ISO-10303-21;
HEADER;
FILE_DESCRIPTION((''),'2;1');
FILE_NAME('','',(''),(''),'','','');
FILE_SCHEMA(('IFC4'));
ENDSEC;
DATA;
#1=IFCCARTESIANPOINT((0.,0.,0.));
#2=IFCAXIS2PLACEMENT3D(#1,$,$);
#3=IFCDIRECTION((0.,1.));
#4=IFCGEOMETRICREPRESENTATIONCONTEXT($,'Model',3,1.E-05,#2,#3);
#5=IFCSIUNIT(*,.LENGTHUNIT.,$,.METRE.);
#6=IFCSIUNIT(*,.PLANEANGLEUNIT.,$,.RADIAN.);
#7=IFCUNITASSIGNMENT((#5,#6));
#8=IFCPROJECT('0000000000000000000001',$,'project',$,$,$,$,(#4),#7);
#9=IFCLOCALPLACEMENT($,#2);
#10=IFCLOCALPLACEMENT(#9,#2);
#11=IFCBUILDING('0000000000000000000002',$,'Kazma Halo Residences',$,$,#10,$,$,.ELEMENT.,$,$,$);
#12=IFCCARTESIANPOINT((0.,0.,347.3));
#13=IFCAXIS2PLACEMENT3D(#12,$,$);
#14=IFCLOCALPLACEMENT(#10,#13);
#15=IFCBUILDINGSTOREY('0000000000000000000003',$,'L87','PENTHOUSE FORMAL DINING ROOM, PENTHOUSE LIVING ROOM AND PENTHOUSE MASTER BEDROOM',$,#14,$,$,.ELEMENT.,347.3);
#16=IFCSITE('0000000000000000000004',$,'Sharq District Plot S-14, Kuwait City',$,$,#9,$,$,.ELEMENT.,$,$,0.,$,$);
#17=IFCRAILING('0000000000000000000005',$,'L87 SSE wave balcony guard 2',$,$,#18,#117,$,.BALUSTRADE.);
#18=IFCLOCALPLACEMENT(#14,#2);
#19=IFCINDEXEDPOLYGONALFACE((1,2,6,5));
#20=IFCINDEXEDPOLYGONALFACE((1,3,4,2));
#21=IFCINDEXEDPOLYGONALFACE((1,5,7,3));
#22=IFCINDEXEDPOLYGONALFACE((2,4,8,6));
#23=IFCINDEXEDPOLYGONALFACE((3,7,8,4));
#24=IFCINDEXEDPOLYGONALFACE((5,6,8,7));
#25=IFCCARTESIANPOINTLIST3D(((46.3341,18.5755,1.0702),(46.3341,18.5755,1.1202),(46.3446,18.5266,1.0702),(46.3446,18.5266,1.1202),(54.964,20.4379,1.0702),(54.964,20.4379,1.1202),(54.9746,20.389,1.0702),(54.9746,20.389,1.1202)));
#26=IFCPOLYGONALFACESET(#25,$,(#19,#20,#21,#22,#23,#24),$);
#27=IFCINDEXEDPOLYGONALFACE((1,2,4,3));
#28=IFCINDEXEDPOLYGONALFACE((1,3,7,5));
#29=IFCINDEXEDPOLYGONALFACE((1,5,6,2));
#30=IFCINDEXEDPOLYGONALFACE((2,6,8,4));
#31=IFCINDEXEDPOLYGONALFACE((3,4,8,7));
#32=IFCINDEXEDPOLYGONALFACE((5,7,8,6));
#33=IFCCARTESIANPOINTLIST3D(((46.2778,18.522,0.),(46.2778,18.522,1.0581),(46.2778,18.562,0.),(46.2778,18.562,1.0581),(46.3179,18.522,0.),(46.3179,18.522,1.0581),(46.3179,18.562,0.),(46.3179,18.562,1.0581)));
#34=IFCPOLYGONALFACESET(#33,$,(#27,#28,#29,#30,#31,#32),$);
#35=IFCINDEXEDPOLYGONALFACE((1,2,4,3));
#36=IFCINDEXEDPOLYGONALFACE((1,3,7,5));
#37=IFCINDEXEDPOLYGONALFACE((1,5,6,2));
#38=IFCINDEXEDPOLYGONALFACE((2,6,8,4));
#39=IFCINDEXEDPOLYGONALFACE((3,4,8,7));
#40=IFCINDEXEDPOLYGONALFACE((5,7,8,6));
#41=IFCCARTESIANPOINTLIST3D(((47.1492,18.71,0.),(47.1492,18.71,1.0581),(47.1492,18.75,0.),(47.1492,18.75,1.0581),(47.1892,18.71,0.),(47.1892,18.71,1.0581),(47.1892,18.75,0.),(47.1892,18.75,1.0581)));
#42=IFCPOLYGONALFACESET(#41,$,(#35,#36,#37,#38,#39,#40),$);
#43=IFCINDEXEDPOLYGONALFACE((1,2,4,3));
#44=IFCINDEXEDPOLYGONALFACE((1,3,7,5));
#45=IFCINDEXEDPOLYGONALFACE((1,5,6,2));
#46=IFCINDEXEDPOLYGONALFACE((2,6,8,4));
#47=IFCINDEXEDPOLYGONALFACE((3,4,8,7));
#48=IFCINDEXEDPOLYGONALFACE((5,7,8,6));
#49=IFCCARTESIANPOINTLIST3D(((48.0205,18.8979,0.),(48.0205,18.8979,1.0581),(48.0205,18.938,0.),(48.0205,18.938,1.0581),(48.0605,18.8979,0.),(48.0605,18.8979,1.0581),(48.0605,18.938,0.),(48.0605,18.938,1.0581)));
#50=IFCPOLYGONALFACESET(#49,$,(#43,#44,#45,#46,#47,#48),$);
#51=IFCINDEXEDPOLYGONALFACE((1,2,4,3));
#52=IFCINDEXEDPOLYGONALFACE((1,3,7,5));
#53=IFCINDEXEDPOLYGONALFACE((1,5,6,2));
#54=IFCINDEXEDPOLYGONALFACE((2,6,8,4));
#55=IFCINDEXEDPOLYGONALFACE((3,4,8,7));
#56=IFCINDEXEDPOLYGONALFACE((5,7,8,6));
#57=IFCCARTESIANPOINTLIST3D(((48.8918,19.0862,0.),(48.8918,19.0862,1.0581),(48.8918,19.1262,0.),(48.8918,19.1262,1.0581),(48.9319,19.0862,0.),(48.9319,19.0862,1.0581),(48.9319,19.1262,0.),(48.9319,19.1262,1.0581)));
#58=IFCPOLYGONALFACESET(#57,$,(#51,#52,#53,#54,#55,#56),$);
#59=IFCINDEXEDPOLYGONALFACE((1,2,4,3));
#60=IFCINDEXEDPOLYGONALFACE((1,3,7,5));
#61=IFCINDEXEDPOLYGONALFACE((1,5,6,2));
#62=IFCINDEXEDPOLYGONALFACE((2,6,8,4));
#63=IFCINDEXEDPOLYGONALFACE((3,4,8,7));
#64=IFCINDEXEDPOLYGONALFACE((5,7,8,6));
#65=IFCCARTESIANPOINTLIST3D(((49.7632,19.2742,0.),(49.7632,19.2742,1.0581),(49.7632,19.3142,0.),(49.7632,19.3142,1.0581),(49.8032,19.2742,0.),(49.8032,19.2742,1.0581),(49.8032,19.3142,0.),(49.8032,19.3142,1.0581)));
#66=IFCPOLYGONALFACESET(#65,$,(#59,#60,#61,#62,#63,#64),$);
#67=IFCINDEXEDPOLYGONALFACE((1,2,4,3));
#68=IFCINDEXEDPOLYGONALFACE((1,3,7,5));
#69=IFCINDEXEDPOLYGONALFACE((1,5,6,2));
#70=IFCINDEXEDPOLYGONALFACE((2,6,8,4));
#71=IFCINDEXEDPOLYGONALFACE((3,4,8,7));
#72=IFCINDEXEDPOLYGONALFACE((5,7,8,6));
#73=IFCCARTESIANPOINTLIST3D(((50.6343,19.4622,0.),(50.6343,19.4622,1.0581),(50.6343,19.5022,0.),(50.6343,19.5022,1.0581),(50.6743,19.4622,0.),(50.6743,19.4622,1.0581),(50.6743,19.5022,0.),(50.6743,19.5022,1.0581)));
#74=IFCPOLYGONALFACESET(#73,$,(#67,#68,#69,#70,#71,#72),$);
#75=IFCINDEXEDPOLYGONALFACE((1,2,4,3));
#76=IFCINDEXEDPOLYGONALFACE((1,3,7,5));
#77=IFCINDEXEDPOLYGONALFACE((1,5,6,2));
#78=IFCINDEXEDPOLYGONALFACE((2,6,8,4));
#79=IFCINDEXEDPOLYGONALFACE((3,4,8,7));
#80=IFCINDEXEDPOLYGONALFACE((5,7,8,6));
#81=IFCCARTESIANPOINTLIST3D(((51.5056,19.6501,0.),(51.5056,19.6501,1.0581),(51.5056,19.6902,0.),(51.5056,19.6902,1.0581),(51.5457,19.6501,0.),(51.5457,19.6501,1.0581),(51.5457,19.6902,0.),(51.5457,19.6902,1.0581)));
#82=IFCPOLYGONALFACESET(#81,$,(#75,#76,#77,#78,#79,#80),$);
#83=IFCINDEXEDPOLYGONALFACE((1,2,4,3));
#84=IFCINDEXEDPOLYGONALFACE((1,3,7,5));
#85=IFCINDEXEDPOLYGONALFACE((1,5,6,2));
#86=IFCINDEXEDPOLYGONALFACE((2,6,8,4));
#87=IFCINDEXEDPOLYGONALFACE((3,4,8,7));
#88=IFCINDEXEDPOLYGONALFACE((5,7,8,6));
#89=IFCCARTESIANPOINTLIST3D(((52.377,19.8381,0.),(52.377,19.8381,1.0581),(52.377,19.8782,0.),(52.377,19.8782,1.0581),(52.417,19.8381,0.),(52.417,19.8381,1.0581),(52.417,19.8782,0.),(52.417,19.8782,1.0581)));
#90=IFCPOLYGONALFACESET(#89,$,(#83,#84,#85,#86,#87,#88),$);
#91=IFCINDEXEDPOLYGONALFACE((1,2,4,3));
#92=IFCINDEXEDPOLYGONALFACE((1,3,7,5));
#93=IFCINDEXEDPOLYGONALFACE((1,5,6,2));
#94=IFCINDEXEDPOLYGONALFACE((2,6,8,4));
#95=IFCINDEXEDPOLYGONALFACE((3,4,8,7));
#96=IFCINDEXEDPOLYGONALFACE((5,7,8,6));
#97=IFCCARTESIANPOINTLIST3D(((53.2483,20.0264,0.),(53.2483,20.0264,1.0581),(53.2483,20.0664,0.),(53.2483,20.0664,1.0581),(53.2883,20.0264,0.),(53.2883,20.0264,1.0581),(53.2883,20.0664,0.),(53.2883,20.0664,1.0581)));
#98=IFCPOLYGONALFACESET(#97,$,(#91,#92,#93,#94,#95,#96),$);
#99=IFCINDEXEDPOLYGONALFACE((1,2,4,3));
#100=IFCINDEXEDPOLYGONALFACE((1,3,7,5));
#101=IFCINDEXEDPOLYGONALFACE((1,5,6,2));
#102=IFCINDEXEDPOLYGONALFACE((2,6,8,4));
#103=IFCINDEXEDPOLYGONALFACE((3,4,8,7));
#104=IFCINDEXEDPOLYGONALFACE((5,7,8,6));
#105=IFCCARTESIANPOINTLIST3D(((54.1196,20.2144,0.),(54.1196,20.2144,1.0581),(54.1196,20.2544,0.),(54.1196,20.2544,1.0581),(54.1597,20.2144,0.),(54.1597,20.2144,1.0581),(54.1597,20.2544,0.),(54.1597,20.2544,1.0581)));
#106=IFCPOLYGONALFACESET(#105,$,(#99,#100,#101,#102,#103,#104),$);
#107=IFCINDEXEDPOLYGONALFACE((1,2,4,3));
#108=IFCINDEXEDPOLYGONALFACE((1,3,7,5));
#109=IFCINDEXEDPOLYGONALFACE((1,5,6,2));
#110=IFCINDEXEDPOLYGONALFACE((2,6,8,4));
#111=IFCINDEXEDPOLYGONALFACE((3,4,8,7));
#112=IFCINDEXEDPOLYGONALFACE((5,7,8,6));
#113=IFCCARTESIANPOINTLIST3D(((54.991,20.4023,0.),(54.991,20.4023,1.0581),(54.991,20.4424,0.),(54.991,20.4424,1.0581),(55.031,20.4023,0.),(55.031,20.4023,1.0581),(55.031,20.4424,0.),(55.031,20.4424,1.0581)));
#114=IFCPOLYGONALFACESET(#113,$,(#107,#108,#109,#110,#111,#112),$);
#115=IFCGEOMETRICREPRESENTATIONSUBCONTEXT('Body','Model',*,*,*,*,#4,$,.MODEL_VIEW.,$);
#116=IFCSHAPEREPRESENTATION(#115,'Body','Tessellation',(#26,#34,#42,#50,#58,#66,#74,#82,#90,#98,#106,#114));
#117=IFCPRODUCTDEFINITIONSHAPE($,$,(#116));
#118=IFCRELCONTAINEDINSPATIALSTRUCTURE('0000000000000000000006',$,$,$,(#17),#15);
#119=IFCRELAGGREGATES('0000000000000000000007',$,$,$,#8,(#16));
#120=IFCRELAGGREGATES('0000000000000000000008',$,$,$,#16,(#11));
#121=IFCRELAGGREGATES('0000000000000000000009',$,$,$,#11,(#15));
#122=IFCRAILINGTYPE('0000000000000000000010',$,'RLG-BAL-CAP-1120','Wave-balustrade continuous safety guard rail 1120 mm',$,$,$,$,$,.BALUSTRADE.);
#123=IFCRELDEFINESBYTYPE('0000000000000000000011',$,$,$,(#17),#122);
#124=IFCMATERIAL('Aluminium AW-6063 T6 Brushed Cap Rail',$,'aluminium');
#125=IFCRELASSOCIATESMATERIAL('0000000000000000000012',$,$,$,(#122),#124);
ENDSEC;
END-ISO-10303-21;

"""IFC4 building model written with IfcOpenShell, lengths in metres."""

from ifc_helpers import new_model, si_unit, direction, frame, origin, origin_2d, place, context, subcontext, project, spatial, rectangle, extrude, material, type_object, element, save


model = new_model("IFC4")

# Units and contexts
model_context = context("Model", 3, precision=1e-05, world=origin(), true_north=direction((0.0, 1.0)))
body_context = subcontext(model_context, "Body", "Model", "MODEL_VIEW")
ifc_project = project(units=[si_unit("LENGTHUNIT", "METRE"), si_unit("PLANEANGLEUNIT", "RADIAN")], contexts=[model_context])

# Site, building, storey
site_placement = place(None, origin())
site = spatial("IfcSite", under=ifc_project, at=site_placement, Name="Sharq District Plot S-14, Kuwait City", CompositionType="ELEMENT", RefElevation=0.0)
building_placement = place(site_placement, origin())
building = spatial("IfcBuilding", under=site, at=building_placement, Name="Kazma Halo Residences", CompositionType="ELEMENT")
storey_placement = place(building_placement, frame((0.0, 0.0, 347.3)))
storey = spatial("IfcBuildingStorey", under=building, at=storey_placement, Name="L87", Description="PENTHOUSE FORMAL DINING ROOM, PENTHOUSE LIVING ROOM AND PENTHOUSE MASTER BEDROOM", CompositionType="ELEMENT", Elevation=347.3)

# Railing
ifc_material_1 = material(Name="Aluminium AW-6063 T6 Brushed Cap Rail", Category="aluminium")
railing_type = type_object("IfcRailingType", Name="RLG-BAL-CAP-1120", Description="Wave-balustrade continuous safety guard rail 1120 mm", PredefinedType="BALUSTRADE", material=ifc_material_1)
railing_1_placement = place(storey_placement, frame((46.2979, 18.542, 0.0)))
element("IfcRailing", 1, at=railing_1_placement, inside=storey, type_object=railing_type, Name="L87 SSE wave balcony guard 2", PredefinedType="BALUSTRADE", context=body_context, shape_type="SweptSolid", body=[
    extrude(rectangle(XDim=0.05, YDim=0.05, at=origin_2d()), frame((0.0415, 0.009, 1.0952), z_axis=(0.977496, 0.210952, 0.0), x_axis=(-0.210952, 0.977496, 0.0)), (0.0, 0.0, 1.0), 8.8286),
    extrude(rectangle(XDim=0.04, YDim=0.04, at=origin_2d()), origin(), (0.0, 0.0, 1.0), 1.0581),
    extrude(rectangle(XDim=0.04, YDim=0.04, at=origin_2d()), frame((0.8713, 0.188, 0.0)), (0.0, 0.0, 1.0), 1.0581),
    extrude(rectangle(XDim=0.04, YDim=0.04, at=origin_2d()), frame((1.7427, 0.376, 0.0)), (0.0, 0.0, 1.0), 1.0581),
    extrude(rectangle(XDim=0.04, YDim=0.04, at=origin_2d()), frame((2.614, 0.5642, 0.0)), (0.0, 0.0, 1.0), 1.0581),
    extrude(rectangle(XDim=0.04, YDim=0.04, at=origin_2d()), frame((3.4854, 0.7522, 0.0)), (0.0, 0.0, 1.0), 1.0581),
    extrude(rectangle(XDim=0.04, YDim=0.04, at=origin_2d()), frame((4.3564, 0.9402, 0.0)), (0.0, 0.0, 1.0), 1.0581),
    extrude(rectangle(XDim=0.04, YDim=0.04, at=origin_2d()), frame((5.2278, 1.1282, 0.0)), (0.0, 0.0, 1.0), 1.0581),
    extrude(rectangle(XDim=0.04, YDim=0.04, at=origin_2d()), frame((6.0991, 1.3162, 0.0)), (0.0, 0.0, 1.0), 1.0581),
    extrude(rectangle(XDim=0.04, YDim=0.04, at=origin_2d()), frame((6.9705, 1.5044, 0.0)), (0.0, 0.0, 1.0), 1.0581),
    extrude(rectangle(XDim=0.04, YDim=0.04, at=origin_2d()), frame((7.8418, 1.6924, 0.0)), (0.0, 0.0, 1.0), 1.0581),
    extrude(rectangle(XDim=0.04, YDim=0.04, at=origin_2d()), frame((8.7131, 1.8804, 0.0)), (0.0, 0.0, 1.0), 1.0581),
])

save(model, "model.ifc")
